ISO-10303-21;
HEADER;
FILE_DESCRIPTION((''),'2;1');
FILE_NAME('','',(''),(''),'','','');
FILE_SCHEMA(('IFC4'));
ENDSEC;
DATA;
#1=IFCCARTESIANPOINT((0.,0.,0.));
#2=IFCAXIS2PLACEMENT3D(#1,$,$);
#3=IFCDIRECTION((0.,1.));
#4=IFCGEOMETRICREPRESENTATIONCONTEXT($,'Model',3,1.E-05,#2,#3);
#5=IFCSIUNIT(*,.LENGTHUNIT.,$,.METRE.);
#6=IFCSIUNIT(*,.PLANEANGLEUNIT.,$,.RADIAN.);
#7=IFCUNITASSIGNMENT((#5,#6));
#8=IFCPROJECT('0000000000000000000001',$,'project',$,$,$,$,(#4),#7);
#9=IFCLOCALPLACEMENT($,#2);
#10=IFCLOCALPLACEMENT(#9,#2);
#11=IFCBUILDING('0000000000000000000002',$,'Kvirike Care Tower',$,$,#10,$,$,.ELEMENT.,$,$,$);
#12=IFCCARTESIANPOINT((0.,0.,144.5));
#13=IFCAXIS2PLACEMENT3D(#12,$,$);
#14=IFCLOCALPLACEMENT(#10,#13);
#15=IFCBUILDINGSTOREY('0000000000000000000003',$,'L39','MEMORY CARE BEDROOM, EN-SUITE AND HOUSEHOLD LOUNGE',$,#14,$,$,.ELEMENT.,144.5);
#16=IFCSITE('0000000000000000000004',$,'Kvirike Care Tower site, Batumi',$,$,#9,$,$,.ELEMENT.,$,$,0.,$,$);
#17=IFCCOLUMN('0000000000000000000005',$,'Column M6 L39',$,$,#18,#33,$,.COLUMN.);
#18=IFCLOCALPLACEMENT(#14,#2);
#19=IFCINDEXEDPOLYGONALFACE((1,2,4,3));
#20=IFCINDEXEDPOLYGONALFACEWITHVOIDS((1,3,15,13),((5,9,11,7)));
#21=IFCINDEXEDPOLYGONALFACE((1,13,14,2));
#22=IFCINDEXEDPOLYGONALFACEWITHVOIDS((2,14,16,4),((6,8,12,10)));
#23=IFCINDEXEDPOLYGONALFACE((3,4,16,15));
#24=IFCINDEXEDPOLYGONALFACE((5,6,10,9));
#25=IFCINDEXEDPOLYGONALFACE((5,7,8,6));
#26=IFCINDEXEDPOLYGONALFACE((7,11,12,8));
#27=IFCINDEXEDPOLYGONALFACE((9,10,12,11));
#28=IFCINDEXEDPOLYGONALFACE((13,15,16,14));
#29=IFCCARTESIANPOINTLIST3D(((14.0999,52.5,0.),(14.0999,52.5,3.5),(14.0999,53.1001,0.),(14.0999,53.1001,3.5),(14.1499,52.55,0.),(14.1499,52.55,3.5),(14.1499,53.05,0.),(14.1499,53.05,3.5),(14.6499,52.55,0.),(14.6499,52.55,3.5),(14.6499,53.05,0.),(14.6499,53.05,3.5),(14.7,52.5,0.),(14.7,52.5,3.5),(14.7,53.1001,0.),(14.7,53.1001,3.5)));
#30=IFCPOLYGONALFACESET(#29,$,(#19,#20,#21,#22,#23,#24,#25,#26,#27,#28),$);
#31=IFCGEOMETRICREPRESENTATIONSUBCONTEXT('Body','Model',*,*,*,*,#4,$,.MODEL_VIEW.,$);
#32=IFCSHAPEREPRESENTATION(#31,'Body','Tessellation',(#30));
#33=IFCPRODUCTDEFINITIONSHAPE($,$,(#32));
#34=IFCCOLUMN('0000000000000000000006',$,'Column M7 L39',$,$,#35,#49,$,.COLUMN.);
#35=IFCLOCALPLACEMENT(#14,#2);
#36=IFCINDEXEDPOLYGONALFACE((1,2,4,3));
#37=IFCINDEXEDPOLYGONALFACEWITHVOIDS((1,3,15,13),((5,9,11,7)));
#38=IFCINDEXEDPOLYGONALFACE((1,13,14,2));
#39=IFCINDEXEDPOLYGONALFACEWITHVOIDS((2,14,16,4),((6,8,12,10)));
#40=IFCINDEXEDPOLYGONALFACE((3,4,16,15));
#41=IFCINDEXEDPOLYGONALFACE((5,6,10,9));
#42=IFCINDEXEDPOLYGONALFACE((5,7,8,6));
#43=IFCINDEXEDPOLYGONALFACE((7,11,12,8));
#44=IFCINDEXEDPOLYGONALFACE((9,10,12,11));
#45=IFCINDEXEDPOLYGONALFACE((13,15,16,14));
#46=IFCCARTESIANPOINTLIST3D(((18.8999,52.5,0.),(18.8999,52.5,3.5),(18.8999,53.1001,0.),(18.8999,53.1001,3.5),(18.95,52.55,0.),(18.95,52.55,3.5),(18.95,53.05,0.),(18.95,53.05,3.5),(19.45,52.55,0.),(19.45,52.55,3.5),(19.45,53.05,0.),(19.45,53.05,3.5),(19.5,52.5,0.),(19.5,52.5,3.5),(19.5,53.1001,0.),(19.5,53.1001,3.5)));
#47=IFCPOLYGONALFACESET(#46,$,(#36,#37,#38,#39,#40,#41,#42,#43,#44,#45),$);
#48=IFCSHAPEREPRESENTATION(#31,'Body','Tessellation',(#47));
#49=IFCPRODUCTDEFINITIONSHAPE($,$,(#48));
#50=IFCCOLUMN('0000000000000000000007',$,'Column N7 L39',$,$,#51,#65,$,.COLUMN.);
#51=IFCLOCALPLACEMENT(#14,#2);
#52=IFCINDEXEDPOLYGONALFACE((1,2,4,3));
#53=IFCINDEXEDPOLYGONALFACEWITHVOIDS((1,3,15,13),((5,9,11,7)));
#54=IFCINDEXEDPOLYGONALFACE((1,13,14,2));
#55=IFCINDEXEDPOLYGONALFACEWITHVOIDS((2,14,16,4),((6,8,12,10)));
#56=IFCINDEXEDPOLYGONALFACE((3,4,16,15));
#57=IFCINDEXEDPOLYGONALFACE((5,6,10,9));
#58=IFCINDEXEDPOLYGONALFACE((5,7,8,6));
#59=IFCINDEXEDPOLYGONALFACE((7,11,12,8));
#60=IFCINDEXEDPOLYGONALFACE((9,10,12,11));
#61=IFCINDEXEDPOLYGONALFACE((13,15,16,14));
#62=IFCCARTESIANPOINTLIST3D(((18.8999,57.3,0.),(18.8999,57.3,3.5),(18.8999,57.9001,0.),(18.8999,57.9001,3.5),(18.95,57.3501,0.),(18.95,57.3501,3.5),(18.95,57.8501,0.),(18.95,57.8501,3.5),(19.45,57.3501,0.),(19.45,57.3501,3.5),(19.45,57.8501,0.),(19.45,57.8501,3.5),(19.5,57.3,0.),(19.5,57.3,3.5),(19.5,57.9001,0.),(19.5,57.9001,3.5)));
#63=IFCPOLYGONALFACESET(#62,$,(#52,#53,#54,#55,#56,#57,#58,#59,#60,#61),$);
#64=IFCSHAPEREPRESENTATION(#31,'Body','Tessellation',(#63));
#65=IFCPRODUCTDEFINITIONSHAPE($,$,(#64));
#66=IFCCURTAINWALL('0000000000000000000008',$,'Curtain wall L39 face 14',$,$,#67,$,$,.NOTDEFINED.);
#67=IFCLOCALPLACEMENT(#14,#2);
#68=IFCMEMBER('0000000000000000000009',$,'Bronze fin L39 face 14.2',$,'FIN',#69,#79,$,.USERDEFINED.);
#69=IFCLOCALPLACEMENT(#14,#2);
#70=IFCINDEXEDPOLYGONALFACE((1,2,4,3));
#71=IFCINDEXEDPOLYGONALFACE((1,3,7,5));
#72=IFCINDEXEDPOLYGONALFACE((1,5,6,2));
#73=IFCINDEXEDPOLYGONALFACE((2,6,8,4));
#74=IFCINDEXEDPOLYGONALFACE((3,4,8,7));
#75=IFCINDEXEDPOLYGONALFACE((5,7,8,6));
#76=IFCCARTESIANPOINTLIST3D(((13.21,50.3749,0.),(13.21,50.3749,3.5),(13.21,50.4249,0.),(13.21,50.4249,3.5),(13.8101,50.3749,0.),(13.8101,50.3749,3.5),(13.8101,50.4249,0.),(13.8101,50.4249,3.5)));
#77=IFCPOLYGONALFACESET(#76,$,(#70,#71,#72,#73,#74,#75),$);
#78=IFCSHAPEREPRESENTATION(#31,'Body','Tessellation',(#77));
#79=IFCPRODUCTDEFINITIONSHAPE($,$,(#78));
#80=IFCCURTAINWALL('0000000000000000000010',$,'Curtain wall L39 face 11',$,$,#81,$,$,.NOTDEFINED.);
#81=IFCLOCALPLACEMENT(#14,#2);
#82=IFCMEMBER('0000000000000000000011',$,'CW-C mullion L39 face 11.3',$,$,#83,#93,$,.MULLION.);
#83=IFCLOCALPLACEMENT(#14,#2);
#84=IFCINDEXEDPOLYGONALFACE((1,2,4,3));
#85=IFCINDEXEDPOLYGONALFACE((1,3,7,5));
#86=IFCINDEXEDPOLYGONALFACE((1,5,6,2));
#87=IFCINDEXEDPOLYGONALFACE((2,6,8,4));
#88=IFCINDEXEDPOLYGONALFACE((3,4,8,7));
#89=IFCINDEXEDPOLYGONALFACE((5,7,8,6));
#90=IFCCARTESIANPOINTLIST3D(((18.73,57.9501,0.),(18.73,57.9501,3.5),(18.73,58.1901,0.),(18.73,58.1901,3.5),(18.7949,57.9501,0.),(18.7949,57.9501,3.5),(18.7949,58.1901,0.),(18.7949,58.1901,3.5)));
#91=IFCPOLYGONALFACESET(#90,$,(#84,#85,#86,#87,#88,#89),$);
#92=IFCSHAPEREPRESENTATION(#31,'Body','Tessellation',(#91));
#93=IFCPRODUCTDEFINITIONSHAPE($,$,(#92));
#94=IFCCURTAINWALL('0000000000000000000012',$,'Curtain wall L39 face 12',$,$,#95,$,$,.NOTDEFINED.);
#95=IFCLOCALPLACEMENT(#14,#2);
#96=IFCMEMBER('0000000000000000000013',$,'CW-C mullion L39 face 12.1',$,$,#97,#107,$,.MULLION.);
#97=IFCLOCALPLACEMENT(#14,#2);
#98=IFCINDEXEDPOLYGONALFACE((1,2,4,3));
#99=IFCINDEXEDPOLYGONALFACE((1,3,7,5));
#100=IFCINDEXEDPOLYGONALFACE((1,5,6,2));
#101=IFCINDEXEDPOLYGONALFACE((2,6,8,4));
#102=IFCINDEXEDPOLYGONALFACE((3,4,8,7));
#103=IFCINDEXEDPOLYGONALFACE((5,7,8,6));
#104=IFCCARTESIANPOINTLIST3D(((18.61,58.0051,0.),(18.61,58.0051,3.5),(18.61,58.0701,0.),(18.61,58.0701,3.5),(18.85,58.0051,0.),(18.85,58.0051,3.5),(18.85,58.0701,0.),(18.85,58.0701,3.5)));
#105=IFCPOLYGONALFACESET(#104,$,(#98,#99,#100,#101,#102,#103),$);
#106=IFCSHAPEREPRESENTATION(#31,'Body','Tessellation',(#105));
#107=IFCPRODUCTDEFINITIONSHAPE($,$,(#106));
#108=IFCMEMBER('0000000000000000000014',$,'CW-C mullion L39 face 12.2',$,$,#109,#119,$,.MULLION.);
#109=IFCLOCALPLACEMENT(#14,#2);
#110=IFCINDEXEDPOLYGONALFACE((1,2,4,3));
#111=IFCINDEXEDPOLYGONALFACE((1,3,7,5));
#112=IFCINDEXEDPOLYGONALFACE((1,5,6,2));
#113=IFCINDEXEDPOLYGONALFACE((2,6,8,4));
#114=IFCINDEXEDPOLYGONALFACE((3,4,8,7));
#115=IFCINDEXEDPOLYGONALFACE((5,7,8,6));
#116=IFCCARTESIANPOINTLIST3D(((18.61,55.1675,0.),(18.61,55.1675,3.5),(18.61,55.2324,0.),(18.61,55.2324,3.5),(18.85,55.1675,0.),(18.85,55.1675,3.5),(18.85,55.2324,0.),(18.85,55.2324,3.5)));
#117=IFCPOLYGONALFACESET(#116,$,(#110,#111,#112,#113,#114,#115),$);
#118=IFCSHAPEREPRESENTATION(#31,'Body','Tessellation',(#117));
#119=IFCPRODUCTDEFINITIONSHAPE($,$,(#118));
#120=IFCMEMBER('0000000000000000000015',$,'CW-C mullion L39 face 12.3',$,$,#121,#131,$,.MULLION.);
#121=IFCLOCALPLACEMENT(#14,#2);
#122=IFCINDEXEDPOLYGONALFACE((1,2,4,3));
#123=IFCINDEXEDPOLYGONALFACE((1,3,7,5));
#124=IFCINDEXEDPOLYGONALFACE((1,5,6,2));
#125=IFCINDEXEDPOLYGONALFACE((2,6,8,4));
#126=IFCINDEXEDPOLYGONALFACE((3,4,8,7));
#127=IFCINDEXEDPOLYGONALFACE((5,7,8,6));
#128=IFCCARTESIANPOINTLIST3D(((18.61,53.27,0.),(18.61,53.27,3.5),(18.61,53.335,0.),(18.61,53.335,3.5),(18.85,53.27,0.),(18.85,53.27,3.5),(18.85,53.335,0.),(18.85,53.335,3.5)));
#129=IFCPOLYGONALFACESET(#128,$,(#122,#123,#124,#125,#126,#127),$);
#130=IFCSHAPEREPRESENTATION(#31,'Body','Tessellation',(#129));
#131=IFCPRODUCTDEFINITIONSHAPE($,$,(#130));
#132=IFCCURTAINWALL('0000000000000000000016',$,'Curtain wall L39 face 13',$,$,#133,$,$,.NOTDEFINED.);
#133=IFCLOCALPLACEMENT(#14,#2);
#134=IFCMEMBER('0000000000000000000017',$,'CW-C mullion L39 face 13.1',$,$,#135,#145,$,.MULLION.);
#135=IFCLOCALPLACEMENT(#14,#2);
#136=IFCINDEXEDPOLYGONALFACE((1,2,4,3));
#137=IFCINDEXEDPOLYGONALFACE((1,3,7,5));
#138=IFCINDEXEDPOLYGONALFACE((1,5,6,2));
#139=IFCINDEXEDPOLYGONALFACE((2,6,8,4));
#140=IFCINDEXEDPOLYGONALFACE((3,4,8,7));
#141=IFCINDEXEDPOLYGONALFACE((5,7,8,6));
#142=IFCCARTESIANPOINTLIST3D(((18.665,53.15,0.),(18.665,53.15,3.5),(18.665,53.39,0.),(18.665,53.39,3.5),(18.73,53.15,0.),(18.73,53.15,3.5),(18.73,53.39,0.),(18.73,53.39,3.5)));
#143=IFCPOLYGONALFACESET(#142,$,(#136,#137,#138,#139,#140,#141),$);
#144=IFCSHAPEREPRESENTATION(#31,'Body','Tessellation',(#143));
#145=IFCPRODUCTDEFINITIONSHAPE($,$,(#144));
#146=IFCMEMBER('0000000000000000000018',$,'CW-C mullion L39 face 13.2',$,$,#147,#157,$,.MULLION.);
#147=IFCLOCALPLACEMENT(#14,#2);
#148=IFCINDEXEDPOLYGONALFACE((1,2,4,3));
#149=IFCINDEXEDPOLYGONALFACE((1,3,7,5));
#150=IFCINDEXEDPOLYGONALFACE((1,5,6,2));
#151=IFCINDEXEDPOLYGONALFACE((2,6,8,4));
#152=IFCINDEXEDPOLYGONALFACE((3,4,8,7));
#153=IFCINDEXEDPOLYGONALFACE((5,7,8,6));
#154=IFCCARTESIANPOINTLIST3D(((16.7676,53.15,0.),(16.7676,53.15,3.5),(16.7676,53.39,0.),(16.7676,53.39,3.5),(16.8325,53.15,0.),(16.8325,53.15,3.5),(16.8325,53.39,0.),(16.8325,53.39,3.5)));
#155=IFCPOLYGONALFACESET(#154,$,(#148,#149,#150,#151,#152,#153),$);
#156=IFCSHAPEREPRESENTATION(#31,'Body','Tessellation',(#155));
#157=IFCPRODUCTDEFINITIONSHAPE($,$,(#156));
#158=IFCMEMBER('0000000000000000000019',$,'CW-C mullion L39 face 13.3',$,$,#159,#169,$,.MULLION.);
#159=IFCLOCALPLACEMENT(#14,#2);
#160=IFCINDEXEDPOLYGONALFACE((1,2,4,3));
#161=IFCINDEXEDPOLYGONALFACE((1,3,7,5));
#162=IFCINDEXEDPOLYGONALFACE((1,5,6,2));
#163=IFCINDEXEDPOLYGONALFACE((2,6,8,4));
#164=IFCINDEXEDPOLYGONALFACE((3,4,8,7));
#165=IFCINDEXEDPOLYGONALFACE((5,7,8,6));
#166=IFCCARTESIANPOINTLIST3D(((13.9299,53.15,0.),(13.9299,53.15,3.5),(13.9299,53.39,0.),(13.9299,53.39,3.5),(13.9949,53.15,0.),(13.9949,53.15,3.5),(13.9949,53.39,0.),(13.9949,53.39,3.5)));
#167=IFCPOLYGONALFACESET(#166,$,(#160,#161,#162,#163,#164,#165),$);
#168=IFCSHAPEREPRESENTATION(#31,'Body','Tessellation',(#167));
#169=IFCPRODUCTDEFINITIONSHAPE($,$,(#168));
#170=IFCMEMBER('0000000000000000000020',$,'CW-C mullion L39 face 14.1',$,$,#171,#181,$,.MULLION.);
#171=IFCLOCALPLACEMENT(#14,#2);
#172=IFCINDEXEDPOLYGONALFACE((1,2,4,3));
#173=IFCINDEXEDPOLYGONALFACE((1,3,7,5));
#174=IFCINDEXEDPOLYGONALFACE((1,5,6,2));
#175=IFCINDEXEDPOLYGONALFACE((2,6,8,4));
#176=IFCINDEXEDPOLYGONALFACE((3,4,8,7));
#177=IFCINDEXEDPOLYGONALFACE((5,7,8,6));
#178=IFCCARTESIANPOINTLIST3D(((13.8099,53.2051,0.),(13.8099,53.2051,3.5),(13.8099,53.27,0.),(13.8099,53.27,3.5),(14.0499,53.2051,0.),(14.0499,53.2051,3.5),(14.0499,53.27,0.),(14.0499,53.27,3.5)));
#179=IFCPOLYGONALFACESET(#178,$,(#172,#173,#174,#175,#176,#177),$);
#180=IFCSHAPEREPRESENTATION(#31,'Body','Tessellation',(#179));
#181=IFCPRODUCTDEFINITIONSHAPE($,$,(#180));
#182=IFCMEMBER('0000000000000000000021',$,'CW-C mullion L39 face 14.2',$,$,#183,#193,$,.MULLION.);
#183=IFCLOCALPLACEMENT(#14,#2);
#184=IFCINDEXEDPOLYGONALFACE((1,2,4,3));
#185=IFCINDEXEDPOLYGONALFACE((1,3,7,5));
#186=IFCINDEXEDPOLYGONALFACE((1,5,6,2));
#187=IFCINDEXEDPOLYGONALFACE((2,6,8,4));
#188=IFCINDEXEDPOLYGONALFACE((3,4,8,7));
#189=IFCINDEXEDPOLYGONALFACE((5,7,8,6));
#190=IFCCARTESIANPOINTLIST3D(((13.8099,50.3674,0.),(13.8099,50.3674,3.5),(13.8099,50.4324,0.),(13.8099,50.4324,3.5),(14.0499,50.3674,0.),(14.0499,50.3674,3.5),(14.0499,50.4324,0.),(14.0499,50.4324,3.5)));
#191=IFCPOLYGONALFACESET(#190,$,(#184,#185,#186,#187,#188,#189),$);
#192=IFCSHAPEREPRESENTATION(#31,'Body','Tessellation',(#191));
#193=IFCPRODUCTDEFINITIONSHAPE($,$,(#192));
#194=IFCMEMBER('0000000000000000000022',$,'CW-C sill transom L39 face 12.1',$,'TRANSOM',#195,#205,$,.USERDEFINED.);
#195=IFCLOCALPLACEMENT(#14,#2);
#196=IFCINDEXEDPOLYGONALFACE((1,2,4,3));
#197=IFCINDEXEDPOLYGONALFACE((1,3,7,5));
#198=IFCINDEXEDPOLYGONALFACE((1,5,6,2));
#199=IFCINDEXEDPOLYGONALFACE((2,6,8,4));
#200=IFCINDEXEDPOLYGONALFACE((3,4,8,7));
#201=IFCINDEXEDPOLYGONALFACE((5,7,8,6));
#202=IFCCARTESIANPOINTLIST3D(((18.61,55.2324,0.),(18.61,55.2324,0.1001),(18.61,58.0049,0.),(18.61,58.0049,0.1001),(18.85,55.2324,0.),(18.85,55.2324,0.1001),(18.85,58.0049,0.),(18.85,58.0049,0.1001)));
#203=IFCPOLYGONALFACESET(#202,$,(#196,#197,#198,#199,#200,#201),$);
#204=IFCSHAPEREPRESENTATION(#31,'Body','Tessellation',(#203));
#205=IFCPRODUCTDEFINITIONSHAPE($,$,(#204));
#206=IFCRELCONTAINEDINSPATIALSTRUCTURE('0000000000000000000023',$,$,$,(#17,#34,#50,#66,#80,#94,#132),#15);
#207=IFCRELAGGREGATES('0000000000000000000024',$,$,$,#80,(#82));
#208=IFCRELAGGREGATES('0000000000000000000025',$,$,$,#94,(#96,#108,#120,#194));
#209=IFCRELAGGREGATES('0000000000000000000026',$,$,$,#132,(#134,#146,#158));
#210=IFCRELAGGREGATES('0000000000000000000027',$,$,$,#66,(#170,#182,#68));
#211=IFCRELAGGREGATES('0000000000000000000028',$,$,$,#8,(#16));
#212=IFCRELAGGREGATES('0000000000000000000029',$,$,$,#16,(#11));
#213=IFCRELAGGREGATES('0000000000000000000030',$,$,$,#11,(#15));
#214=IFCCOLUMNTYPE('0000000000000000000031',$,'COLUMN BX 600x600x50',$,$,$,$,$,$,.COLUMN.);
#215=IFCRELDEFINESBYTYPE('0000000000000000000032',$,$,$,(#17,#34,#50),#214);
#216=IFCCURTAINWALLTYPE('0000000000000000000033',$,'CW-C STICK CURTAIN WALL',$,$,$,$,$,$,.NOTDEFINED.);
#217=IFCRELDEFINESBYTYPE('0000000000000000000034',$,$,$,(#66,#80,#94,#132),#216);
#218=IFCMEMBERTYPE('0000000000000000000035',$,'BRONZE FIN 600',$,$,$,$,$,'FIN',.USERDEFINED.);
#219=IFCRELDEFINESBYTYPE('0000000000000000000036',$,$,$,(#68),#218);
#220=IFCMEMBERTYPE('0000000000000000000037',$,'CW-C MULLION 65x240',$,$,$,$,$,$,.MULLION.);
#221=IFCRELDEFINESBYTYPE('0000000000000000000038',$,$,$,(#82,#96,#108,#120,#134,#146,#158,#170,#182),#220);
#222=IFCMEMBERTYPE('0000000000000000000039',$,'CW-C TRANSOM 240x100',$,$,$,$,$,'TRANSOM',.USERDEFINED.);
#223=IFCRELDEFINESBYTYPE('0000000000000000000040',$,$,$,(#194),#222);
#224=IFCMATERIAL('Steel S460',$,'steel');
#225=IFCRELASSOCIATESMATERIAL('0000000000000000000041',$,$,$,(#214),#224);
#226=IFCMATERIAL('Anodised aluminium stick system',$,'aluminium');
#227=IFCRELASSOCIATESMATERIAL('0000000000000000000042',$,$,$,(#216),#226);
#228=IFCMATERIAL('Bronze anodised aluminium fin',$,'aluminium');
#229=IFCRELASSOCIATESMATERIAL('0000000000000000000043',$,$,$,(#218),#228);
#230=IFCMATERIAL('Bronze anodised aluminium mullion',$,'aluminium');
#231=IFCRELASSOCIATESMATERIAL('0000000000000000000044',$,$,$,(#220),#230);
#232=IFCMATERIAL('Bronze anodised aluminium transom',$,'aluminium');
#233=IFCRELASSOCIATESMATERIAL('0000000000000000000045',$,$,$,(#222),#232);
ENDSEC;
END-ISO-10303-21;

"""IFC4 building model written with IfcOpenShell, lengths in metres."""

from ifc_helpers import new_model, si_unit, direction, frame, origin, origin_2d, place, context, subcontext, project, spatial, rectangle, hollow_rectangle, extrude, material, material_profile, profile_set, type_object, element, aggregate, save


model = new_model("IFC4")

# Units and contexts
model_context = context("Model", 3, precision=1e-05, world=origin(), true_north=direction((0.0, 1.0)))
body_context = subcontext(model_context, "Body", "Model", "MODEL_VIEW")
ifc_project = project(units=[si_unit("LENGTHUNIT", "METRE"), si_unit("PLANEANGLEUNIT", "RADIAN")], contexts=[model_context])

# Site, building, storey
site_placement = place(None, origin())
site = spatial("IfcSite", under=ifc_project, at=site_placement, Name="Kvirike Care Tower site, Batumi", CompositionType="ELEMENT", RefElevation=0.0)
building_placement = place(site_placement, origin())
building = spatial("IfcBuilding", under=site, at=building_placement, Name="Kvirike Care Tower", CompositionType="ELEMENT")
storey_placement = place(building_placement, frame((0.0, 0.0, 144.5)))
storey = spatial("IfcBuildingStorey", under=building, at=storey_placement, Name="L39", Description="MEMORY CARE BEDROOM, EN-SUITE AND HOUSEHOLD LOUNGE", CompositionType="ELEMENT", Elevation=144.5)

# Columns
ifc_material_1 = material(Name="Steel S460", Category="steel")
ifc_material_profile_1 = material_profile(ifc_material_1, hollow_rectangle(XDim=0.6001, YDim=0.6001, WallThickness=0.05, at=origin_2d()), Name="BX 600x600x50")
ifc_profile_set_1 = profile_set([ifc_material_profile_1], Name="Steel S460")
column_type = type_object("IfcColumnType", Name="COLUMN BX 600x600x50", PredefinedType="COLUMN", material=ifc_profile_set_1)
for number, where, z_axis, x_axis, name in (
    (1, (14.3999, 52.8, 0.0), (0.0, 0.0, 1.0), (0.0, 1.0, 0.0), "Column M6 L39"),
    (2, (19.2, 52.8, 0.0), (0.0, 0.0, 1.0), (0.0, 1.0, 0.0), "Column M7 L39"),
    (3, (19.2, 57.6001, 0.0), (0.0, 0.0, 1.0), (0.0, 1.0, 0.0), "Column N7 L39"),
):
    element("IfcColumn", number, at=place(storey_placement, frame(where, z_axis=z_axis, x_axis=x_axis)), inside=storey, type_object=column_type, Name=name, PredefinedType="COLUMN", context=body_context, shape_type="SweptSolid", body=[
        extrude(hollow_rectangle(XDim=0.6001, YDim=0.6001, WallThickness=0.05, at=origin_2d()), origin(), (0.0, 0.0, 1.0), 3.5),
    ])

# Curtain walls, members
ifc_material_2 = material(Name="Anodised aluminium stick system", Category="aluminium")
curtain_wall_type = type_object("IfcCurtainWallType", Name="CW-C STICK CURTAIN WALL", PredefinedType="NOTDEFINED", material=ifc_material_2)
curtain_wall_1_placement = place(storey_placement, origin())
curtain_wall_1 = element("IfcCurtainWall", 4, at=curtain_wall_1_placement, inside=storey, type_object=curtain_wall_type, Name="Curtain wall L39 face 14", PredefinedType="NOTDEFINED")
ifc_material_3 = material(Name="Bronze anodised aluminium fin", Category="aluminium")
ifc_material_profile_2 = material_profile(ifc_material_3, rectangle(XDim=0.05, YDim=0.6001, at=origin_2d()), Name="BRONZE FIN 600")
ifc_profile_set_2 = profile_set([ifc_material_profile_2], Name="Bronze anodised aluminium fin")
member_type_1 = type_object("IfcMemberType", Name="BRONZE FIN 600", ElementType="FIN", PredefinedType="USERDEFINED", material=ifc_profile_set_2)
member_1_placement = place(storey_placement, frame((13.51, 50.3999, 0.0), z_axis=(0.0, 0.0, 1.0), x_axis=(0.0, -1.0, 0.0)))
member_1 = element("IfcMember", 5, at=member_1_placement, type_object=member_type_1, Name="Bronze fin L39 face 14.2", ObjectType="FIN", PredefinedType="USERDEFINED", context=body_context, shape_type="SweptSolid", body=[
    extrude(rectangle(XDim=0.05, YDim=0.6001, at=origin_2d()), origin(), (0.0, 0.0, 1.0), 3.5),
])
curtain_wall_2_placement = place(storey_placement, origin())
curtain_wall_2 = element("IfcCurtainWall", 6, at=curtain_wall_2_placement, inside=storey, type_object=curtain_wall_type, Name="Curtain wall L39 face 11", PredefinedType="NOTDEFINED")
ifc_material_4 = material(Name="Bronze anodised aluminium mullion", Category="aluminium")
ifc_material_profile_3 = material_profile(ifc_material_4, rectangle(XDim=0.0649, YDim=0.24, at=origin_2d()), Name="CW-C MULLION 65x240")
ifc_profile_set_3 = profile_set([ifc_material_profile_3], Name="Bronze anodised aluminium mullion")
member_type_2 = type_object("IfcMemberType", Name="CW-C MULLION 65x240", PredefinedType="MULLION", material=ifc_profile_set_3)
member_2_placement = place(storey_placement, frame((18.7625, 58.0701, 0.0), z_axis=(0.0, 0.0, 1.0), x_axis=(-1.0, 0.0, 0.0)))
member_2 = element("IfcMember", 7, at=member_2_placement, type_object=member_type_2, Name="CW-C mullion L39 face 11.3", PredefinedType="MULLION", context=body_context, shape_type="SweptSolid", body=[
    extrude(rectangle(XDim=0.0649, YDim=0.24, at=origin_2d()), origin(), (0.0, 0.0, 1.0), 3.5),
])
aggregate(curtain_wall_2, [member_2])

# Curtain walls, members
curtain_wall_3_placement = place(storey_placement, origin())
curtain_wall_3 = element("IfcCurtainWall", 8, at=curtain_wall_3_placement, inside=storey, type_object=curtain_wall_type, Name="Curtain wall L39 face 12", PredefinedType="NOTDEFINED")
member_3_placement = place(storey_placement, frame((18.73, 58.0376, 0.0), z_axis=(0.0, 0.0, 1.0), x_axis=(0.0, -1.0, 0.0)))
member_3 = element("IfcMember", 9, at=member_3_placement, type_object=member_type_2, Name="CW-C mullion L39 face 12.1", PredefinedType="MULLION", context=body_context, shape_type="SweptSolid", body=[
    extrude(rectangle(XDim=0.0649, YDim=0.24, at=origin_2d()), origin(), (0.0, 0.0, 1.0), 3.5),
])
member_4_placement = place(storey_placement, frame((18.73, 55.2, 0.0), z_axis=(0.0, 0.0, 1.0), x_axis=(0.0, -1.0, 0.0)))
member_4 = element("IfcMember", 10, at=member_4_placement, type_object=member_type_2, Name="CW-C mullion L39 face 12.2", PredefinedType="MULLION", context=body_context, shape_type="SweptSolid", body=[
    extrude(rectangle(XDim=0.0649, YDim=0.24, at=origin_2d()), origin(), (0.0, 0.0, 1.0), 3.5),
])
member_5_placement = place(storey_placement, frame((18.73, 53.3025, 0.0), z_axis=(0.0, 0.0, 1.0), x_axis=(0.0, -1.0, 0.0)))
member_5 = element("IfcMember", 11, at=member_5_placement, type_object=member_type_2, Name="CW-C mullion L39 face 12.3", PredefinedType="MULLION", context=body_context, shape_type="SweptSolid", body=[
    extrude(rectangle(XDim=0.0649, YDim=0.24, at=origin_2d()), origin(), (0.0, 0.0, 1.0), 3.5),
])
curtain_wall_4_placement = place(storey_placement, origin())
curtain_wall_4 = element("IfcCurtainWall", 12, at=curtain_wall_4_placement, inside=storey, type_object=curtain_wall_type, Name="Curtain wall L39 face 13", PredefinedType="NOTDEFINED")
member_6_placement = place(storey_placement, frame((18.6975, 53.27, 0.0), z_axis=(0.0, 0.0, 1.0), x_axis=(-1.0, 0.0, 0.0)))
member_6 = element("IfcMember", 13, at=member_6_placement, type_object=member_type_2, Name="CW-C mullion L39 face 13.1", PredefinedType="MULLION", context=body_context, shape_type="SweptSolid", body=[
    extrude(rectangle(XDim=0.0649, YDim=0.24, at=origin_2d()), origin(), (0.0, 0.0, 1.0), 3.5),
])
member_7_placement = place(storey_placement, frame((16.8, 53.27, 0.0), z_axis=(0.0, 0.0, 1.0), x_axis=(-1.0, 0.0, 0.0)))
member_7 = element("IfcMember", 14, at=member_7_placement, type_object=member_type_2, Name="CW-C mullion L39 face 13.2", PredefinedType="MULLION", context=body_context, shape_type="SweptSolid", body=[
    extrude(rectangle(XDim=0.0649, YDim=0.24, at=origin_2d()), origin(), (0.0, 0.0, 1.0), 3.5),
])
member_8_placement = place(storey_placement, frame((13.9624, 53.27, 0.0), z_axis=(0.0, 0.0, 1.0), x_axis=(-1.0, 0.0, 0.0)))
member_8 = element("IfcMember", 15, at=member_8_placement, type_object=member_type_2, Name="CW-C mullion L39 face 13.3", PredefinedType="MULLION", context=body_context, shape_type="SweptSolid", body=[
    extrude(rectangle(XDim=0.0649, YDim=0.24, at=origin_2d()), origin(), (0.0, 0.0, 1.0), 3.5),
])

# Members
member_9_placement = place(storey_placement, frame((13.9299, 53.2375, 0.0), z_axis=(0.0, 0.0, 1.0), x_axis=(0.0, -1.0, 0.0)))
member_9 = element("IfcMember", 16, at=member_9_placement, type_object=member_type_2, Name="CW-C mullion L39 face 14.1", PredefinedType="MULLION", context=body_context, shape_type="SweptSolid", body=[
    extrude(rectangle(XDim=0.0649, YDim=0.24, at=origin_2d()), origin(), (0.0, 0.0, 1.0), 3.5),
])
member_10_placement = place(storey_placement, frame((13.9299, 50.3999, 0.0), z_axis=(0.0, 0.0, 1.0), x_axis=(0.0, -1.0, 0.0)))
member_10 = element("IfcMember", 17, at=member_10_placement, type_object=member_type_2, Name="CW-C mullion L39 face 14.2", PredefinedType="MULLION", context=body_context, shape_type="SweptSolid", body=[
    extrude(rectangle(XDim=0.0649, YDim=0.24, at=origin_2d()), origin(), (0.0, 0.0, 1.0), 3.5),
])
ifc_material_5 = material(Name="Bronze anodised aluminium transom", Category="aluminium")
ifc_material_profile_4 = material_profile(ifc_material_5, rectangle(XDim=0.24, YDim=0.1001, at=origin_2d()), Name="CW-C TRANSOM 240x100")
ifc_profile_set_4 = profile_set([ifc_material_profile_4], Name="Bronze anodised aluminium transom")
member_type_3 = type_object("IfcMemberType", Name="CW-C TRANSOM 240x100", ElementType="TRANSOM", PredefinedType="USERDEFINED", material=ifc_profile_set_4)
member_11_placement = place(storey_placement, frame((18.73, 58.0049, 0.05), z_axis=(0.0, -1.0, 0.0), x_axis=(1.0, 0.0, 0.0)))
member_11 = element("IfcMember", 18, at=member_11_placement, type_object=member_type_3, Name="CW-C sill transom L39 face 12.1", ObjectType="TRANSOM", PredefinedType="USERDEFINED", context=body_context, shape_type="SweptSolid", body=[
    extrude(rectangle(XDim=0.24, YDim=0.1001, at=origin_2d()), origin(), (0.0, 0.0, 1.0), 2.7725),
])

aggregate(curtain_wall_3, [member_3, member_4, member_5, member_11])
aggregate(curtain_wall_4, [member_6, member_7, member_8])
aggregate(curtain_wall_1, [member_9, member_10, member_1])

save(model, "model.ifc")
